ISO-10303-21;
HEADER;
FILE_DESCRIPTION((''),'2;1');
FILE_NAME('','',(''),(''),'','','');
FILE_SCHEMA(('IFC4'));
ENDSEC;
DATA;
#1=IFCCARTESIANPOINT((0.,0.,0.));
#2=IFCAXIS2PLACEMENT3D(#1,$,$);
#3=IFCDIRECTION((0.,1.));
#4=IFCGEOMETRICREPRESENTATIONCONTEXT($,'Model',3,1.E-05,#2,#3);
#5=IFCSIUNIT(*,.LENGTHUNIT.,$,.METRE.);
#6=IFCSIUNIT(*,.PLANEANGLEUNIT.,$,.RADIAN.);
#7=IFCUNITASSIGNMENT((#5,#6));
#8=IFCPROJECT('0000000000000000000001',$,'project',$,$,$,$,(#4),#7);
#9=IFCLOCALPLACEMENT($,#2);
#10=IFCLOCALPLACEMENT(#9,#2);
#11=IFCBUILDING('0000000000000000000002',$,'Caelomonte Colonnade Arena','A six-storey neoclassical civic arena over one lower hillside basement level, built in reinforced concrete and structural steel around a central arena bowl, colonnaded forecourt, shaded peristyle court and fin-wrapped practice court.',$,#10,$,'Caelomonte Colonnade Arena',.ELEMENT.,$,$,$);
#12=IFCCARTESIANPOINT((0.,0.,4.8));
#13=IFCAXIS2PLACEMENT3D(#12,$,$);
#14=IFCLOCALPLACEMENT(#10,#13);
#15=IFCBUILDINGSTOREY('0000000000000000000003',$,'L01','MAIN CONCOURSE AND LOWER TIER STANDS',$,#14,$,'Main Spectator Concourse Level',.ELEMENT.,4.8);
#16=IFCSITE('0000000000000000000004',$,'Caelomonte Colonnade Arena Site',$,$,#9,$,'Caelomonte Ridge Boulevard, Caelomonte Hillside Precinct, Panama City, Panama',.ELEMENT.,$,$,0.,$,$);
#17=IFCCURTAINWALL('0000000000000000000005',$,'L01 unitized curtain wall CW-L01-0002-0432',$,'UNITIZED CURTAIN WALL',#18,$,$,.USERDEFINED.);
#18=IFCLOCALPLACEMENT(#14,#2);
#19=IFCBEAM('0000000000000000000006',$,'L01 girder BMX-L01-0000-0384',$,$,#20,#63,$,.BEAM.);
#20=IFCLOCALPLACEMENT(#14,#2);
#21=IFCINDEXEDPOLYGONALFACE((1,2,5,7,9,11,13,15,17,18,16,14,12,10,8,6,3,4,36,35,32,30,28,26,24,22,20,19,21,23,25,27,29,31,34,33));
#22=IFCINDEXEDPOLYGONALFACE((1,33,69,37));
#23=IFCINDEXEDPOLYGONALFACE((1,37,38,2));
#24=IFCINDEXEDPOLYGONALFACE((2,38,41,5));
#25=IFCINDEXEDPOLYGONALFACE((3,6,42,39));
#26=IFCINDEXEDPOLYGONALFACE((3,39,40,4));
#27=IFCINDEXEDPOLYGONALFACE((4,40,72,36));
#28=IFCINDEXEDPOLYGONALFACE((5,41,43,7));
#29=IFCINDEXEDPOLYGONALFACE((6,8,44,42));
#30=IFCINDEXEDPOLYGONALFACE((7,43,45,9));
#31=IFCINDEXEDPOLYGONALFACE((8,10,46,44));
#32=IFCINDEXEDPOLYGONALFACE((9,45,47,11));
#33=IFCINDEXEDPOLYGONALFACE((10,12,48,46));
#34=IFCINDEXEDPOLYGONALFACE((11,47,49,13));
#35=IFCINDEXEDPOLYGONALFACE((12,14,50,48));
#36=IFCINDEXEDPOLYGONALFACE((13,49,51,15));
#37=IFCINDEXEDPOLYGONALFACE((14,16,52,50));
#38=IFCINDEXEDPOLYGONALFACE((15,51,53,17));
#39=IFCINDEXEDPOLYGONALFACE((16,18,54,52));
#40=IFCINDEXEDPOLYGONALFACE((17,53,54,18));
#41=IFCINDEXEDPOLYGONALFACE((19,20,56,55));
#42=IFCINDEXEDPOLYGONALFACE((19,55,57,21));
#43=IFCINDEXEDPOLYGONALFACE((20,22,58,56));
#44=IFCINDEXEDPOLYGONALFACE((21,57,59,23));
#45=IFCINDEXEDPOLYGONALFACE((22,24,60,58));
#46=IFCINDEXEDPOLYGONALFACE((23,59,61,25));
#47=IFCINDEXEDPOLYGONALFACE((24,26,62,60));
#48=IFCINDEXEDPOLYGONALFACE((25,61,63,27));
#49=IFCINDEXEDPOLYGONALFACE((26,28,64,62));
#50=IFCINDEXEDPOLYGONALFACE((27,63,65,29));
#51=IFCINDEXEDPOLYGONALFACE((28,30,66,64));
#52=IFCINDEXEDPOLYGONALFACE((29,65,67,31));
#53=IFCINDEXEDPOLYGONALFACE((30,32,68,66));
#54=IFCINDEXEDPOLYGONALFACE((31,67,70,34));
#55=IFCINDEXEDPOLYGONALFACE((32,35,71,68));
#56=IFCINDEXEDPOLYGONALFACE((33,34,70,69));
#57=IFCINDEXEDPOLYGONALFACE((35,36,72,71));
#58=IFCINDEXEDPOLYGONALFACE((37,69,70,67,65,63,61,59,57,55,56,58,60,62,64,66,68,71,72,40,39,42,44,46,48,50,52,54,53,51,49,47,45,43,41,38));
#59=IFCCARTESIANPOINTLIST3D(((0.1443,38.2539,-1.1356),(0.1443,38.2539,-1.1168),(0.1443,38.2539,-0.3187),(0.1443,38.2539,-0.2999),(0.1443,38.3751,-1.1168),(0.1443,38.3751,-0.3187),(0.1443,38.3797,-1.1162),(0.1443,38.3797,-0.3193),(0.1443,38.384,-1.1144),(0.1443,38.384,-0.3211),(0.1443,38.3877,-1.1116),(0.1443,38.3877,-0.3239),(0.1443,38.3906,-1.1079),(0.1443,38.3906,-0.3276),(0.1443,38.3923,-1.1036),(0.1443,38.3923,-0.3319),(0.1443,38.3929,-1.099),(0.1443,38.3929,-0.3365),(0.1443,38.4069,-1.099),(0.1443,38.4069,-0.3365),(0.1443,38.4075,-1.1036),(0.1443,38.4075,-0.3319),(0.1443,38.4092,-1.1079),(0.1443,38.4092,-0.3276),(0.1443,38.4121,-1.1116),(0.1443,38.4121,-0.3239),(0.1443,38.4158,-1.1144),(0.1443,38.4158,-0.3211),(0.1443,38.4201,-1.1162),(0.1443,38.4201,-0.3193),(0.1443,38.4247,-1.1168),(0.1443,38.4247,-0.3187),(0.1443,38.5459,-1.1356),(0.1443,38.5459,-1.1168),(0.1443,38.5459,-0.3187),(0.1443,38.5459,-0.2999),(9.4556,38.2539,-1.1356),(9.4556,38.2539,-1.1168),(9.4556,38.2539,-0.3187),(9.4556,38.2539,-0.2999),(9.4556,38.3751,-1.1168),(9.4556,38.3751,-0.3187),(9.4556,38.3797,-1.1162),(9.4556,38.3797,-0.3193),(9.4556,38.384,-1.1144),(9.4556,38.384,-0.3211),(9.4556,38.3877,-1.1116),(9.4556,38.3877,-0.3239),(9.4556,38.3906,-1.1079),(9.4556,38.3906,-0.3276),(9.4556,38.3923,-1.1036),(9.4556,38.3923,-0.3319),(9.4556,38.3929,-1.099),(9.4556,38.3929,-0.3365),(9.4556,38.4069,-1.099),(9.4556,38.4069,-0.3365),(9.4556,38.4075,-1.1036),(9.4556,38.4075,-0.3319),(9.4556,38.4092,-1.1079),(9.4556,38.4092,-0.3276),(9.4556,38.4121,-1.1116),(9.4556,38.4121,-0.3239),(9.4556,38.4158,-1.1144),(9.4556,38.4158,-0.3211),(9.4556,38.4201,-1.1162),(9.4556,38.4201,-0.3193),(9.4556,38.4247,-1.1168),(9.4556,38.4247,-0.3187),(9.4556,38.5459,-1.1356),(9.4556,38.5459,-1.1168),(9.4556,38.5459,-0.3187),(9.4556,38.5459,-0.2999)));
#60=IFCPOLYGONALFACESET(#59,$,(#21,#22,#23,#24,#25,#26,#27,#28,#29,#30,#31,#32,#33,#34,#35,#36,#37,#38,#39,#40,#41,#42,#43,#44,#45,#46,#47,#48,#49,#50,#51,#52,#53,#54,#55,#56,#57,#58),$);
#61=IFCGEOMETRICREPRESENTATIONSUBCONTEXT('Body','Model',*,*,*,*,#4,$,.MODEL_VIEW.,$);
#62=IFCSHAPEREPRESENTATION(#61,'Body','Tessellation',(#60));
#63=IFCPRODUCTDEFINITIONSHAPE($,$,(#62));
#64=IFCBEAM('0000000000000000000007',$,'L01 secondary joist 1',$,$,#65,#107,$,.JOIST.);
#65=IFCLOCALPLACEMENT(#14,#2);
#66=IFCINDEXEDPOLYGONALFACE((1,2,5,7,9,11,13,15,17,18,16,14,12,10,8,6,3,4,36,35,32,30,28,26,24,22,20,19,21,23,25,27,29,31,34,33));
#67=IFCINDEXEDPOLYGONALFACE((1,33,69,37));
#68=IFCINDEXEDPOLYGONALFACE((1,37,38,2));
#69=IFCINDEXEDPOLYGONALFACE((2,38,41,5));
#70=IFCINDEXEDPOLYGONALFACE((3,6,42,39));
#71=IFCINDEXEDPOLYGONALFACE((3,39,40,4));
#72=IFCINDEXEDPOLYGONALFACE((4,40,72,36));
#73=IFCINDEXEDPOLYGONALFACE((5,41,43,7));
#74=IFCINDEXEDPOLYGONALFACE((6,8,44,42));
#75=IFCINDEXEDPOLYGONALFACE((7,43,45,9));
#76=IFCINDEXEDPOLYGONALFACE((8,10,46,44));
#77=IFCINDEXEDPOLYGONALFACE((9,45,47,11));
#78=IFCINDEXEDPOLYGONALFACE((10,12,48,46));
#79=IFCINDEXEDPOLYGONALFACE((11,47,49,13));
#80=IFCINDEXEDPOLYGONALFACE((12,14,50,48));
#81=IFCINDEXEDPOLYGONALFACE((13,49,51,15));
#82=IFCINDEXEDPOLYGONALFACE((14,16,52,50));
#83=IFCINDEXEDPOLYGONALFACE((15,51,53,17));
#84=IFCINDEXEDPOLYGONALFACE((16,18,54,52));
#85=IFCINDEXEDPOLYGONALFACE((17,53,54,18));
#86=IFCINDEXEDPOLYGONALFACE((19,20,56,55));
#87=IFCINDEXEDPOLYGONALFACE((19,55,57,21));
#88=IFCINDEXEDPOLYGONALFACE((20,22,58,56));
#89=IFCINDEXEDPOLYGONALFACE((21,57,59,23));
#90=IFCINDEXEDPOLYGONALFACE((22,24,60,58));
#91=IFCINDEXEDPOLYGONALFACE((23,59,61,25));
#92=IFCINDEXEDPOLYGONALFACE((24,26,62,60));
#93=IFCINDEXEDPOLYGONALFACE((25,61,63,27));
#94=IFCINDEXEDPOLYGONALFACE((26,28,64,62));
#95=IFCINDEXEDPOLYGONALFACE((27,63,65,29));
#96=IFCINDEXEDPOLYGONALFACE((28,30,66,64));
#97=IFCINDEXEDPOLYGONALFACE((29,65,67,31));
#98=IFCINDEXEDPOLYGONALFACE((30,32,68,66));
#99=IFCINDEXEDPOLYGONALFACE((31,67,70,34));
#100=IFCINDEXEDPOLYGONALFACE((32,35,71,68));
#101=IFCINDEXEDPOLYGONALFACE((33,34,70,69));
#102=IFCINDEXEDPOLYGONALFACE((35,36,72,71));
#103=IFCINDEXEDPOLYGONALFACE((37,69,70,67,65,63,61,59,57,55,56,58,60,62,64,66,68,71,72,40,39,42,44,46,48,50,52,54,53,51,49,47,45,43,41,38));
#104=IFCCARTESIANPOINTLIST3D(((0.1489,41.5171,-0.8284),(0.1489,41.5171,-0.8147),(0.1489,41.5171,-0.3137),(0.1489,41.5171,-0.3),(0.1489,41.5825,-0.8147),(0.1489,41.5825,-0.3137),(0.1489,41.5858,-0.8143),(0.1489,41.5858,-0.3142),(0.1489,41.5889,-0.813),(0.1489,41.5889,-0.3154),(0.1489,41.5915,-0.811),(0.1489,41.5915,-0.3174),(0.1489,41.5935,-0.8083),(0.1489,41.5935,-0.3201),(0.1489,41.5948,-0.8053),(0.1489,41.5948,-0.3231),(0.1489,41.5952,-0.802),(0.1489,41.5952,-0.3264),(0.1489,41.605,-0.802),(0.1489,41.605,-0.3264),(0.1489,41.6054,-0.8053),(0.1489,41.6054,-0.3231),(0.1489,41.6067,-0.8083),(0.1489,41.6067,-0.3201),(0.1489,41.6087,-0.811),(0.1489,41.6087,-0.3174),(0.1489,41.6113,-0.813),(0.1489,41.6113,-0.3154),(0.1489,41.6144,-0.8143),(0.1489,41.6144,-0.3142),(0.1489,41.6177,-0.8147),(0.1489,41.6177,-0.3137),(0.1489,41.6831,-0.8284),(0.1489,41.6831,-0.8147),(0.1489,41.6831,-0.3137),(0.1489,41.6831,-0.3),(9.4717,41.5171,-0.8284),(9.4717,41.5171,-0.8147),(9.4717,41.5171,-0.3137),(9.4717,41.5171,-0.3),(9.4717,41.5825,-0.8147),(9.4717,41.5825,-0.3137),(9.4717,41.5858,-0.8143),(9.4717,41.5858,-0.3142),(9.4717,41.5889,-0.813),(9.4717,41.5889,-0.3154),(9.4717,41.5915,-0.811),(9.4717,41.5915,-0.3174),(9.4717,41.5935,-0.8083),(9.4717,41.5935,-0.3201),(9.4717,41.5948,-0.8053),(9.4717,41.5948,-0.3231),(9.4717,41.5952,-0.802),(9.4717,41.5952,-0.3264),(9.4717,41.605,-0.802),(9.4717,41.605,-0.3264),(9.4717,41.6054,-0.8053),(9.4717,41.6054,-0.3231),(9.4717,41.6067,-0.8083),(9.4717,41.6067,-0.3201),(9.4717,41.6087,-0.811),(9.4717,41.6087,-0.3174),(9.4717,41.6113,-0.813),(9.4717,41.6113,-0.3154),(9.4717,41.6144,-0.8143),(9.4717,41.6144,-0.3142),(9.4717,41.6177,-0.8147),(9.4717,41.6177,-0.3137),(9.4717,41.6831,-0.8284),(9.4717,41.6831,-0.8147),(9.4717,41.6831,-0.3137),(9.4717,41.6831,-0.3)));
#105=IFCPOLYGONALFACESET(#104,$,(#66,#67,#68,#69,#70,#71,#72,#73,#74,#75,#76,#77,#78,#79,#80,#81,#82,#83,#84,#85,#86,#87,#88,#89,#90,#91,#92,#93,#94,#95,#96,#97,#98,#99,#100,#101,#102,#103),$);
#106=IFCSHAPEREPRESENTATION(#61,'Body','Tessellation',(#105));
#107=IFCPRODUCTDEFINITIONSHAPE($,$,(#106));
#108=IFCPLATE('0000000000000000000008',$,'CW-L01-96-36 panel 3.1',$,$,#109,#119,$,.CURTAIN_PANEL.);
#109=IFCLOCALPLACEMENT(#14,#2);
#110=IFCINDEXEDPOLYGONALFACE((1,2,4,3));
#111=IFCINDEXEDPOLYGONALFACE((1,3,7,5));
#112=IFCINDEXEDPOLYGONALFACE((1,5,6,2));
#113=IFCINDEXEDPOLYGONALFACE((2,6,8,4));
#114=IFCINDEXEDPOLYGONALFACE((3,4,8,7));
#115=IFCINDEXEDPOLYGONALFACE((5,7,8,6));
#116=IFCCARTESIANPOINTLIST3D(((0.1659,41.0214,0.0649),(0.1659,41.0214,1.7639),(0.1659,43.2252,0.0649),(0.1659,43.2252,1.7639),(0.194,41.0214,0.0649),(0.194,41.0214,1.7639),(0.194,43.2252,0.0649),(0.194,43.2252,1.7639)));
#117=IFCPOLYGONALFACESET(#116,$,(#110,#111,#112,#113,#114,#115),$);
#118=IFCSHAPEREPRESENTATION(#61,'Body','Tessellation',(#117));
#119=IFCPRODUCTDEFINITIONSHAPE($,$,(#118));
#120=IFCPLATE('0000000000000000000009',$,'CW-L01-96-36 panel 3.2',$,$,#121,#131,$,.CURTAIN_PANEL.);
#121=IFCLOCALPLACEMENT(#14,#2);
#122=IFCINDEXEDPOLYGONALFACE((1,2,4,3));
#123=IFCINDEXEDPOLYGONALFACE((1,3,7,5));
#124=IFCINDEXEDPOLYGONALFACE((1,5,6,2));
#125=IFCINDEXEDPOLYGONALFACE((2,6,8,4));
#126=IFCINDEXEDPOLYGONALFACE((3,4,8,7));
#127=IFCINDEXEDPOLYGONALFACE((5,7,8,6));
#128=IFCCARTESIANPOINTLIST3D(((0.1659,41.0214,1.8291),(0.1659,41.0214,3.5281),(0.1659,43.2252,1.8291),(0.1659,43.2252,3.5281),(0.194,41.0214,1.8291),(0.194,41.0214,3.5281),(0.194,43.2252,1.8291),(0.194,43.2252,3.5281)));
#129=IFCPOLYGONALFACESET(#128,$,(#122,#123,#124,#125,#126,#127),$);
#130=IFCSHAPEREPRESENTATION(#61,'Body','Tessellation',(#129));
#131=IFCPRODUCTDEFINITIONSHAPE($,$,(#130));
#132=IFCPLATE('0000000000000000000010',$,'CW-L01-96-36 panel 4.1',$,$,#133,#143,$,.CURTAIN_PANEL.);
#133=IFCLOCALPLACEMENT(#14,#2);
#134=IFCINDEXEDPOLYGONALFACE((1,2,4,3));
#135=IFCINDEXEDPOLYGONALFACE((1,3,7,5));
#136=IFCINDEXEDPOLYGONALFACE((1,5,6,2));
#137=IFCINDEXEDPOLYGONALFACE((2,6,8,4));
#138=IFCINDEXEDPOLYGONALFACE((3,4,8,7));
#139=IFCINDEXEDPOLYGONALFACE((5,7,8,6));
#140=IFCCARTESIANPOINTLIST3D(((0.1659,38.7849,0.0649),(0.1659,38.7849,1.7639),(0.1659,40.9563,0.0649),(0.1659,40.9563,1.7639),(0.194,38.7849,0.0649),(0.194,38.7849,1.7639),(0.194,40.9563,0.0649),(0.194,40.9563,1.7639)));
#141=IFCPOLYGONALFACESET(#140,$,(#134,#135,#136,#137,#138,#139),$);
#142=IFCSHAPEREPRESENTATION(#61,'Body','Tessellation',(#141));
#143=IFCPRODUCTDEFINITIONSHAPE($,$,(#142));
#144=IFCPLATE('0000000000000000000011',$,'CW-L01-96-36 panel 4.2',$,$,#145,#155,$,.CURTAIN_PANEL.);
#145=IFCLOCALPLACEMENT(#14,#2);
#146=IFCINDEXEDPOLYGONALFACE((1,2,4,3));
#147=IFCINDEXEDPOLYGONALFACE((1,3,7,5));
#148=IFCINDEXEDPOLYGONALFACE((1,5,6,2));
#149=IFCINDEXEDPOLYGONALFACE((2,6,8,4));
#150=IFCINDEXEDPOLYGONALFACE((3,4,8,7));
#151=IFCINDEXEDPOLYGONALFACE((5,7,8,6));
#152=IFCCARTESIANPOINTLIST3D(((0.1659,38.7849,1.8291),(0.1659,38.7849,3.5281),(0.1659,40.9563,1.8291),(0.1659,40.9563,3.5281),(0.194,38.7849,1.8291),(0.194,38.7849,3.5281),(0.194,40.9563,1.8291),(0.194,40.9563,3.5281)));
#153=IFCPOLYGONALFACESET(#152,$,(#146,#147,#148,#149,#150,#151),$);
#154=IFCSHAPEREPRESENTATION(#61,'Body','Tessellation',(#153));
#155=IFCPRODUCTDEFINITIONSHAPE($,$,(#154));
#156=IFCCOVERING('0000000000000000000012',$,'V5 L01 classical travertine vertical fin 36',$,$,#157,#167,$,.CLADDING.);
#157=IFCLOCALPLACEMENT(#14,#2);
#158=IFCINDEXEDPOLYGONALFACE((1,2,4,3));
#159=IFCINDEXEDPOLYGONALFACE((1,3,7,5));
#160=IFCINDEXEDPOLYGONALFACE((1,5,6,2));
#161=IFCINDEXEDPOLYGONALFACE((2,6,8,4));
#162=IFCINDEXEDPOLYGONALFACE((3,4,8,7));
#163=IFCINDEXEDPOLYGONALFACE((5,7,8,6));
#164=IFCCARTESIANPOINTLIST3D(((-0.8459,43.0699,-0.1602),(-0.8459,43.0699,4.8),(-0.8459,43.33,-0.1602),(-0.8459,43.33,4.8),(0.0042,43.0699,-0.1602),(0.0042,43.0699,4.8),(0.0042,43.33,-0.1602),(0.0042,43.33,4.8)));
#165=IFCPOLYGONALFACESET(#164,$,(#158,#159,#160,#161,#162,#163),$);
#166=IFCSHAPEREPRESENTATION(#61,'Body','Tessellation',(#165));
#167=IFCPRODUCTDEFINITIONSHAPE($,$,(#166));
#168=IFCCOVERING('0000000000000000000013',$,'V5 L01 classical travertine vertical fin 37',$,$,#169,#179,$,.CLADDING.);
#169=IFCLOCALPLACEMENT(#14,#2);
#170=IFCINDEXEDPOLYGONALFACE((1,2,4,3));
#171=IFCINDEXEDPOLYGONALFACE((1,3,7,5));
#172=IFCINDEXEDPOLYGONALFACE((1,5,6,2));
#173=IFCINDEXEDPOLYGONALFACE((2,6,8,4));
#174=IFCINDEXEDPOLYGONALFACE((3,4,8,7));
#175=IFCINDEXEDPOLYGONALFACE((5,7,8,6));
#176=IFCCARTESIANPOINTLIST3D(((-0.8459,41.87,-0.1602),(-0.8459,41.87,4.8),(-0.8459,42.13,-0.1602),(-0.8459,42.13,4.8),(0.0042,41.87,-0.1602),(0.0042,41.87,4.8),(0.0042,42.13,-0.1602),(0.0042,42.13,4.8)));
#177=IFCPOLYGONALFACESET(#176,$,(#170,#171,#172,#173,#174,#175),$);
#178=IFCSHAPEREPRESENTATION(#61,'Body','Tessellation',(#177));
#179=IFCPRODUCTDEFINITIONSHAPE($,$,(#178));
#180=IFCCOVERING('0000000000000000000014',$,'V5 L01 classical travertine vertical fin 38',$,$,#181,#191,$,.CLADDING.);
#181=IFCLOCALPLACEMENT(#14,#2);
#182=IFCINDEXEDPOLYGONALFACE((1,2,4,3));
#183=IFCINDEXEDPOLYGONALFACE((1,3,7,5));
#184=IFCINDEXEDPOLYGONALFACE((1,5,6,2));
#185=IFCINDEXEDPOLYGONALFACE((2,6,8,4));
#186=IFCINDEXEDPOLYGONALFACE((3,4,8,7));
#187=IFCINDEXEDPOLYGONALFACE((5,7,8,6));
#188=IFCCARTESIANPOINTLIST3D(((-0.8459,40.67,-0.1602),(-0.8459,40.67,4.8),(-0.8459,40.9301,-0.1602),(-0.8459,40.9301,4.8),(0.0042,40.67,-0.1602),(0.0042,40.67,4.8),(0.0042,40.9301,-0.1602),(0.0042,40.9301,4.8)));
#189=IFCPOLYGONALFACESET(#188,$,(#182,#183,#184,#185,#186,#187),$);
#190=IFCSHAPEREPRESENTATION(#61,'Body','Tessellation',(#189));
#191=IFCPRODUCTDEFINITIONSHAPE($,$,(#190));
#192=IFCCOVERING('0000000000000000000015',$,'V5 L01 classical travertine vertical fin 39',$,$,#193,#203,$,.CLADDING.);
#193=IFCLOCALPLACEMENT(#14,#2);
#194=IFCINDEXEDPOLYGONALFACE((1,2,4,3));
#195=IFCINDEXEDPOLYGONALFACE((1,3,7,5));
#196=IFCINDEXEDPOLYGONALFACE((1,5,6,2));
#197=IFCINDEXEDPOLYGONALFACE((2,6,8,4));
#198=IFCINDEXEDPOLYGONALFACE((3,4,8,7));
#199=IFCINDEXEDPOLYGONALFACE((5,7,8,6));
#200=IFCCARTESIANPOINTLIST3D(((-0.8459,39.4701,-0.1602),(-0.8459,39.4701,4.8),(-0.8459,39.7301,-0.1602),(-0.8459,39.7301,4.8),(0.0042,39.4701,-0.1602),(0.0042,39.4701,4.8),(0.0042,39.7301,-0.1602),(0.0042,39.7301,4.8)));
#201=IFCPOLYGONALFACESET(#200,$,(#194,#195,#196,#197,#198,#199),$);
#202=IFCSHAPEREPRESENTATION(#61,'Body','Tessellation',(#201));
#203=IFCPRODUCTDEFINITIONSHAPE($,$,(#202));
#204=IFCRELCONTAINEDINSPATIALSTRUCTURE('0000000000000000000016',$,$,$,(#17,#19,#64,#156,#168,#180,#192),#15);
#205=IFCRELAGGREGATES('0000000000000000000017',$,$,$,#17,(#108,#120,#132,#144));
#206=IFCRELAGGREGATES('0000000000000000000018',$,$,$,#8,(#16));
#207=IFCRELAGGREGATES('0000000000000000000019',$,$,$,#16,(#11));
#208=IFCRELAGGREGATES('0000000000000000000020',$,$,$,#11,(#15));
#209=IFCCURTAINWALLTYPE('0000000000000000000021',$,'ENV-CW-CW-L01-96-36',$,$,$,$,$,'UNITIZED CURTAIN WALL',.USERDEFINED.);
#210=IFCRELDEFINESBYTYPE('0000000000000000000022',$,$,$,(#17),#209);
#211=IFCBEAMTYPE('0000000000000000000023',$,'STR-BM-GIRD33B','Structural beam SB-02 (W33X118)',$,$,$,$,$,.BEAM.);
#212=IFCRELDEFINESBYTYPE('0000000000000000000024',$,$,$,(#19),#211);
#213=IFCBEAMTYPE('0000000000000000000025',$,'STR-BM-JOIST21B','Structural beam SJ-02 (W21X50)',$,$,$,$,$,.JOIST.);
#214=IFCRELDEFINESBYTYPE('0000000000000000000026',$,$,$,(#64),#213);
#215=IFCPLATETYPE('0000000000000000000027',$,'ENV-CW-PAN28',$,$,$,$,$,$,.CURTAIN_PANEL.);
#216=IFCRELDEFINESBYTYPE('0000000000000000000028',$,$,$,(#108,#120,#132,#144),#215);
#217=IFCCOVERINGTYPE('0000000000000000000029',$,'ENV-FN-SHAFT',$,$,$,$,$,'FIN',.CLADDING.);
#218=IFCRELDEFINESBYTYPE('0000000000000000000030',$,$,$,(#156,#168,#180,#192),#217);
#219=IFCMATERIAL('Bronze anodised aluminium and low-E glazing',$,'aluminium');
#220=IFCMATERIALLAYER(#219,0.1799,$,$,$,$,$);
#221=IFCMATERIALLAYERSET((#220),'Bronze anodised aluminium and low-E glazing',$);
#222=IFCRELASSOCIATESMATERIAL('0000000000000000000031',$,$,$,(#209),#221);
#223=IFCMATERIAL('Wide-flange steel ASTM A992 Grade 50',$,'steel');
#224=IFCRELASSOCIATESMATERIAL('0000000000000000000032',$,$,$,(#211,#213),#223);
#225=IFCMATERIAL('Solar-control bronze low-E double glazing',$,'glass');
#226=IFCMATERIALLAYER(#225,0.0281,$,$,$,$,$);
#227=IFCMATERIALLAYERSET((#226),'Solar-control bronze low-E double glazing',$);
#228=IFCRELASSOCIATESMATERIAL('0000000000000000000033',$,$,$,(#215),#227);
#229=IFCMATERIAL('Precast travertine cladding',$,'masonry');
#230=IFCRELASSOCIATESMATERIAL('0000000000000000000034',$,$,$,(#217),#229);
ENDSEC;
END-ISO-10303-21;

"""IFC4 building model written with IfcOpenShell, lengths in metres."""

from ifc_helpers import new_model, si_unit, direction, frame, origin, origin_2d, place, context, subcontext, project, spatial, rectangle, i_section, extrude, material, layer, layer_set, material_profile, profile_set, type_object, element, aggregate, save


model = new_model("IFC4")

# Units and contexts
model_context = context("Model", 3, precision=1e-05, world=origin(), true_north=direction((0.0, 1.0)))
body_context = subcontext(model_context, "Body", "Model", "MODEL_VIEW")
ifc_project = project(units=[si_unit("LENGTHUNIT", "METRE"), si_unit("PLANEANGLEUNIT", "RADIAN")], contexts=[model_context])

# Site, building, storey
site_placement = place(None, origin())
site = spatial("IfcSite", under=ifc_project, at=site_placement, Name="Caelomonte Colonnade Arena Site", LongName="Caelomonte Ridge Boulevard, Caelomonte Hillside Precinct, Panama City, Panama", CompositionType="ELEMENT", RefElevation=0.0)
building_placement = place(site_placement, origin())
building = spatial("IfcBuilding", under=site, at=building_placement, Name="Caelomonte Colonnade Arena", Description="A six-storey neoclassical civic arena over one lower hillside basement level, built in reinforced concrete and structural steel around a central arena bowl, colonnaded forecourt, shaded peristyle court and fin-wrapped practice court.", LongName="Caelomonte Colonnade Arena", CompositionType="ELEMENT")
storey_placement = place(building_placement, frame((0.0, 0.0, 4.8)))
storey = spatial("IfcBuildingStorey", under=building, at=storey_placement, Name="L01", Description="MAIN CONCOURSE AND LOWER TIER STANDS", LongName="Main Spectator Concourse Level", CompositionType="ELEMENT", Elevation=4.8)

# Curtain wall
ifc_material_1 = material(Name="Bronze anodised aluminium and low-E glazing", Category="aluminium")
ifc_layer_1 = layer(ifc_material_1, 0.1799)
ifc_layer_set_1 = layer_set([ifc_layer_1], Name="Bronze anodised aluminium and low-E glazing")
curtain_wall_type = type_object("IfcCurtainWallType", Name="ENV-CW-CW-L01-96-36", ElementType="UNITIZED CURTAIN WALL", PredefinedType="USERDEFINED", material=ifc_layer_set_1)
curtain_wall_placement = place(storey_placement, origin())
curtain_wall = element("IfcCurtainWall", 1, at=curtain_wall_placement, inside=storey, type_object=curtain_wall_type, Name="L01 unitized curtain wall CW-L01-0002-0432", ObjectType="UNITIZED CURTAIN WALL", PredefinedType="USERDEFINED")

# Beams
ifc_material_2 = material(Name="Wide-flange steel ASTM A992 Grade 50", Category="steel")
ifc_material_profile_1 = material_profile(ifc_material_2, i_section(OverallWidth=0.292, OverallDepth=0.8357, WebThickness=0.0139, FlangeThickness=0.0188, FilletRadius=0.0178, at=origin_2d()), Name="W33X118")
ifc_profile_set_1 = profile_set([ifc_material_profile_1], Name="Wide-flange steel ASTM A992 Grade 50")
beam_type_1 = type_object("IfcBeamType", Name="STR-BM-GIRD33B", Description="Structural beam SB-02 (W33X118)", PredefinedType="BEAM", material=ifc_profile_set_1)
beam_1_placement = place(storey_placement, frame((0.1443, 38.3999, -0.7178), z_axis=(1.0, 0.0, 0.0), x_axis=(0.0, 1.0, 0.0)))
element("IfcBeam", 2, at=beam_1_placement, inside=storey, type_object=beam_type_1, Name="L01 girder BMX-L01-0000-0384", PredefinedType="BEAM", context=body_context, shape_type="SweptSolid", body=[
    extrude(i_section(OverallWidth=0.292, OverallDepth=0.8357, WebThickness=0.0139, FlangeThickness=0.0188, FilletRadius=0.0178, at=origin_2d()), origin(), (0.0, 0.0, 1.0), 9.3113),
])
ifc_material_profile_2 = material_profile(ifc_material_2, i_section(OverallWidth=0.166, OverallDepth=0.5283, WebThickness=0.0098, FlangeThickness=0.0137, FilletRadius=0.0127, at=origin_2d()), Name="W21X50")
ifc_profile_set_2 = profile_set([ifc_material_profile_2], Name="Wide-flange steel ASTM A992 Grade 50")
beam_type_2 = type_object("IfcBeamType", Name="STR-BM-JOIST21B", Description="Structural beam SJ-02 (W21X50)", PredefinedType="JOIST", material=ifc_profile_set_2)
beam_2_placement = place(storey_placement, frame((0.1489, 41.6001, -0.5642), z_axis=(1.0, 0.0, 0.0), x_axis=(0.0, 1.0, 0.0)))
element("IfcBeam", 3, at=beam_2_placement, inside=storey, type_object=beam_type_2, Name="L01 secondary joist 1", PredefinedType="JOIST", context=body_context, shape_type="SweptSolid", body=[
    extrude(i_section(OverallWidth=0.166, OverallDepth=0.5283, WebThickness=0.0098, FlangeThickness=0.0137, FilletRadius=0.0127, at=origin_2d()), origin(), (0.0, 0.0, 1.0), 9.3228),
])

# Plates
ifc_material_3 = material(Name="Solar-control bronze low-E double glazing", Category="glass")
ifc_layer_2 = layer(ifc_material_3, 0.0281)
ifc_layer_set_2 = layer_set([ifc_layer_2], Name="Solar-control bronze low-E double glazing")
plate_type = type_object("IfcPlateType", Name="ENV-CW-PAN28", PredefinedType="CURTAIN_PANEL", material=ifc_layer_set_2)
plate_1_placement = place(storey_placement, frame((0.1799, 42.1233, 0.0649), z_axis=(0.0, 0.0, 1.0), x_axis=(0.0, -1.0, 0.0)))
plate_1 = element("IfcPlate", 4, at=plate_1_placement, type_object=plate_type, Name="CW-L01-96-36 panel 3.1", PredefinedType="CURTAIN_PANEL", context=body_context, shape_type="SweptSolid", body=[
    extrude(rectangle(XDim=2.2039, YDim=0.0281, at=origin_2d()), origin(), (0.0, 0.0, 1.0), 1.699),
])
plate_2_placement = place(storey_placement, frame((0.1799, 42.1233, 1.8291), z_axis=(0.0, 0.0, 1.0), x_axis=(0.0, -1.0, 0.0)))
plate_2 = element("IfcPlate", 5, at=plate_2_placement, type_object=plate_type, Name="CW-L01-96-36 panel 3.2", PredefinedType="CURTAIN_PANEL", context=body_context, shape_type="SweptSolid", body=[
    extrude(rectangle(XDim=2.2039, YDim=0.0281, at=origin_2d()), origin(), (0.0, 0.0, 1.0), 1.699),
])
plate_3_placement = place(storey_placement, frame((0.1799, 39.8706, 0.0649), z_axis=(0.0, 0.0, 1.0), x_axis=(0.0, -1.0, 0.0)))
plate_3 = element("IfcPlate", 6, at=plate_3_placement, type_object=plate_type, Name="CW-L01-96-36 panel 4.1", PredefinedType="CURTAIN_PANEL", context=body_context, shape_type="SweptSolid", body=[
    extrude(rectangle(XDim=2.1714, YDim=0.0281, at=origin_2d()), origin(), (0.0, 0.0, 1.0), 1.699),
])
plate_4_placement = place(storey_placement, frame((0.1799, 39.8706, 1.8291), z_axis=(0.0, 0.0, 1.0), x_axis=(0.0, -1.0, 0.0)))
plate_4 = element("IfcPlate", 7, at=plate_4_placement, type_object=plate_type, Name="CW-L01-96-36 panel 4.2", PredefinedType="CURTAIN_PANEL", context=body_context, shape_type="SweptSolid", body=[
    extrude(rectangle(XDim=2.1714, YDim=0.0281, at=origin_2d()), origin(), (0.0, 0.0, 1.0), 1.699),
])
aggregate(curtain_wall, [plate_1, plate_2, plate_3, plate_4])

# Coverings
ifc_material_4 = material(Name="Precast travertine cladding", Category="masonry")
ifc_material_profile_3 = material_profile(ifc_material_4, rectangle(XDim=0.26, YDim=0.8501, at=origin_2d()), Name="FIN260X850")
ifc_profile_set_3 = profile_set([ifc_material_profile_3], Name="Precast travertine cladding")
covering_type = type_object("IfcCoveringType", Name="ENV-FN-SHAFT", ElementType="FIN", PredefinedType="CLADDING", material=ifc_profile_set_3)
for number, where, z_axis, x_axis, name in (
    (8, (-0.4209, 43.2, -0.1602), (0.0, 0.0, 1.0), (0.0, 1.0, 0.0), "V5 L01 classical travertine vertical fin 36"),
    (9, (-0.4209, 42.0, -0.1602), (0.0, 0.0, 1.0), (0.0, 1.0, 0.0), "V5 L01 classical travertine vertical fin 37"),
    (10, (-0.4209, 40.8, -0.1602), (0.0, 0.0, 1.0), (0.0, 1.0, 0.0), "V5 L01 classical travertine vertical fin 38"),
    (11, (-0.4209, 39.6001, -0.1602), (0.0, 0.0, 1.0), (0.0, 1.0, 0.0), "V5 L01 classical travertine vertical fin 39"),
):
    element("IfcCovering", number, at=place(storey_placement, frame(where, z_axis=z_axis, x_axis=x_axis)), inside=storey, type_object=covering_type, Name=name, PredefinedType="CLADDING", context=body_context, shape_type="SweptSolid", body=[
        extrude(rectangle(XDim=0.26, YDim=0.8501, at=origin_2d()), origin(), (0.0, 0.0, 1.0), 4.9602),
    ])

save(model, "model.ifc")
